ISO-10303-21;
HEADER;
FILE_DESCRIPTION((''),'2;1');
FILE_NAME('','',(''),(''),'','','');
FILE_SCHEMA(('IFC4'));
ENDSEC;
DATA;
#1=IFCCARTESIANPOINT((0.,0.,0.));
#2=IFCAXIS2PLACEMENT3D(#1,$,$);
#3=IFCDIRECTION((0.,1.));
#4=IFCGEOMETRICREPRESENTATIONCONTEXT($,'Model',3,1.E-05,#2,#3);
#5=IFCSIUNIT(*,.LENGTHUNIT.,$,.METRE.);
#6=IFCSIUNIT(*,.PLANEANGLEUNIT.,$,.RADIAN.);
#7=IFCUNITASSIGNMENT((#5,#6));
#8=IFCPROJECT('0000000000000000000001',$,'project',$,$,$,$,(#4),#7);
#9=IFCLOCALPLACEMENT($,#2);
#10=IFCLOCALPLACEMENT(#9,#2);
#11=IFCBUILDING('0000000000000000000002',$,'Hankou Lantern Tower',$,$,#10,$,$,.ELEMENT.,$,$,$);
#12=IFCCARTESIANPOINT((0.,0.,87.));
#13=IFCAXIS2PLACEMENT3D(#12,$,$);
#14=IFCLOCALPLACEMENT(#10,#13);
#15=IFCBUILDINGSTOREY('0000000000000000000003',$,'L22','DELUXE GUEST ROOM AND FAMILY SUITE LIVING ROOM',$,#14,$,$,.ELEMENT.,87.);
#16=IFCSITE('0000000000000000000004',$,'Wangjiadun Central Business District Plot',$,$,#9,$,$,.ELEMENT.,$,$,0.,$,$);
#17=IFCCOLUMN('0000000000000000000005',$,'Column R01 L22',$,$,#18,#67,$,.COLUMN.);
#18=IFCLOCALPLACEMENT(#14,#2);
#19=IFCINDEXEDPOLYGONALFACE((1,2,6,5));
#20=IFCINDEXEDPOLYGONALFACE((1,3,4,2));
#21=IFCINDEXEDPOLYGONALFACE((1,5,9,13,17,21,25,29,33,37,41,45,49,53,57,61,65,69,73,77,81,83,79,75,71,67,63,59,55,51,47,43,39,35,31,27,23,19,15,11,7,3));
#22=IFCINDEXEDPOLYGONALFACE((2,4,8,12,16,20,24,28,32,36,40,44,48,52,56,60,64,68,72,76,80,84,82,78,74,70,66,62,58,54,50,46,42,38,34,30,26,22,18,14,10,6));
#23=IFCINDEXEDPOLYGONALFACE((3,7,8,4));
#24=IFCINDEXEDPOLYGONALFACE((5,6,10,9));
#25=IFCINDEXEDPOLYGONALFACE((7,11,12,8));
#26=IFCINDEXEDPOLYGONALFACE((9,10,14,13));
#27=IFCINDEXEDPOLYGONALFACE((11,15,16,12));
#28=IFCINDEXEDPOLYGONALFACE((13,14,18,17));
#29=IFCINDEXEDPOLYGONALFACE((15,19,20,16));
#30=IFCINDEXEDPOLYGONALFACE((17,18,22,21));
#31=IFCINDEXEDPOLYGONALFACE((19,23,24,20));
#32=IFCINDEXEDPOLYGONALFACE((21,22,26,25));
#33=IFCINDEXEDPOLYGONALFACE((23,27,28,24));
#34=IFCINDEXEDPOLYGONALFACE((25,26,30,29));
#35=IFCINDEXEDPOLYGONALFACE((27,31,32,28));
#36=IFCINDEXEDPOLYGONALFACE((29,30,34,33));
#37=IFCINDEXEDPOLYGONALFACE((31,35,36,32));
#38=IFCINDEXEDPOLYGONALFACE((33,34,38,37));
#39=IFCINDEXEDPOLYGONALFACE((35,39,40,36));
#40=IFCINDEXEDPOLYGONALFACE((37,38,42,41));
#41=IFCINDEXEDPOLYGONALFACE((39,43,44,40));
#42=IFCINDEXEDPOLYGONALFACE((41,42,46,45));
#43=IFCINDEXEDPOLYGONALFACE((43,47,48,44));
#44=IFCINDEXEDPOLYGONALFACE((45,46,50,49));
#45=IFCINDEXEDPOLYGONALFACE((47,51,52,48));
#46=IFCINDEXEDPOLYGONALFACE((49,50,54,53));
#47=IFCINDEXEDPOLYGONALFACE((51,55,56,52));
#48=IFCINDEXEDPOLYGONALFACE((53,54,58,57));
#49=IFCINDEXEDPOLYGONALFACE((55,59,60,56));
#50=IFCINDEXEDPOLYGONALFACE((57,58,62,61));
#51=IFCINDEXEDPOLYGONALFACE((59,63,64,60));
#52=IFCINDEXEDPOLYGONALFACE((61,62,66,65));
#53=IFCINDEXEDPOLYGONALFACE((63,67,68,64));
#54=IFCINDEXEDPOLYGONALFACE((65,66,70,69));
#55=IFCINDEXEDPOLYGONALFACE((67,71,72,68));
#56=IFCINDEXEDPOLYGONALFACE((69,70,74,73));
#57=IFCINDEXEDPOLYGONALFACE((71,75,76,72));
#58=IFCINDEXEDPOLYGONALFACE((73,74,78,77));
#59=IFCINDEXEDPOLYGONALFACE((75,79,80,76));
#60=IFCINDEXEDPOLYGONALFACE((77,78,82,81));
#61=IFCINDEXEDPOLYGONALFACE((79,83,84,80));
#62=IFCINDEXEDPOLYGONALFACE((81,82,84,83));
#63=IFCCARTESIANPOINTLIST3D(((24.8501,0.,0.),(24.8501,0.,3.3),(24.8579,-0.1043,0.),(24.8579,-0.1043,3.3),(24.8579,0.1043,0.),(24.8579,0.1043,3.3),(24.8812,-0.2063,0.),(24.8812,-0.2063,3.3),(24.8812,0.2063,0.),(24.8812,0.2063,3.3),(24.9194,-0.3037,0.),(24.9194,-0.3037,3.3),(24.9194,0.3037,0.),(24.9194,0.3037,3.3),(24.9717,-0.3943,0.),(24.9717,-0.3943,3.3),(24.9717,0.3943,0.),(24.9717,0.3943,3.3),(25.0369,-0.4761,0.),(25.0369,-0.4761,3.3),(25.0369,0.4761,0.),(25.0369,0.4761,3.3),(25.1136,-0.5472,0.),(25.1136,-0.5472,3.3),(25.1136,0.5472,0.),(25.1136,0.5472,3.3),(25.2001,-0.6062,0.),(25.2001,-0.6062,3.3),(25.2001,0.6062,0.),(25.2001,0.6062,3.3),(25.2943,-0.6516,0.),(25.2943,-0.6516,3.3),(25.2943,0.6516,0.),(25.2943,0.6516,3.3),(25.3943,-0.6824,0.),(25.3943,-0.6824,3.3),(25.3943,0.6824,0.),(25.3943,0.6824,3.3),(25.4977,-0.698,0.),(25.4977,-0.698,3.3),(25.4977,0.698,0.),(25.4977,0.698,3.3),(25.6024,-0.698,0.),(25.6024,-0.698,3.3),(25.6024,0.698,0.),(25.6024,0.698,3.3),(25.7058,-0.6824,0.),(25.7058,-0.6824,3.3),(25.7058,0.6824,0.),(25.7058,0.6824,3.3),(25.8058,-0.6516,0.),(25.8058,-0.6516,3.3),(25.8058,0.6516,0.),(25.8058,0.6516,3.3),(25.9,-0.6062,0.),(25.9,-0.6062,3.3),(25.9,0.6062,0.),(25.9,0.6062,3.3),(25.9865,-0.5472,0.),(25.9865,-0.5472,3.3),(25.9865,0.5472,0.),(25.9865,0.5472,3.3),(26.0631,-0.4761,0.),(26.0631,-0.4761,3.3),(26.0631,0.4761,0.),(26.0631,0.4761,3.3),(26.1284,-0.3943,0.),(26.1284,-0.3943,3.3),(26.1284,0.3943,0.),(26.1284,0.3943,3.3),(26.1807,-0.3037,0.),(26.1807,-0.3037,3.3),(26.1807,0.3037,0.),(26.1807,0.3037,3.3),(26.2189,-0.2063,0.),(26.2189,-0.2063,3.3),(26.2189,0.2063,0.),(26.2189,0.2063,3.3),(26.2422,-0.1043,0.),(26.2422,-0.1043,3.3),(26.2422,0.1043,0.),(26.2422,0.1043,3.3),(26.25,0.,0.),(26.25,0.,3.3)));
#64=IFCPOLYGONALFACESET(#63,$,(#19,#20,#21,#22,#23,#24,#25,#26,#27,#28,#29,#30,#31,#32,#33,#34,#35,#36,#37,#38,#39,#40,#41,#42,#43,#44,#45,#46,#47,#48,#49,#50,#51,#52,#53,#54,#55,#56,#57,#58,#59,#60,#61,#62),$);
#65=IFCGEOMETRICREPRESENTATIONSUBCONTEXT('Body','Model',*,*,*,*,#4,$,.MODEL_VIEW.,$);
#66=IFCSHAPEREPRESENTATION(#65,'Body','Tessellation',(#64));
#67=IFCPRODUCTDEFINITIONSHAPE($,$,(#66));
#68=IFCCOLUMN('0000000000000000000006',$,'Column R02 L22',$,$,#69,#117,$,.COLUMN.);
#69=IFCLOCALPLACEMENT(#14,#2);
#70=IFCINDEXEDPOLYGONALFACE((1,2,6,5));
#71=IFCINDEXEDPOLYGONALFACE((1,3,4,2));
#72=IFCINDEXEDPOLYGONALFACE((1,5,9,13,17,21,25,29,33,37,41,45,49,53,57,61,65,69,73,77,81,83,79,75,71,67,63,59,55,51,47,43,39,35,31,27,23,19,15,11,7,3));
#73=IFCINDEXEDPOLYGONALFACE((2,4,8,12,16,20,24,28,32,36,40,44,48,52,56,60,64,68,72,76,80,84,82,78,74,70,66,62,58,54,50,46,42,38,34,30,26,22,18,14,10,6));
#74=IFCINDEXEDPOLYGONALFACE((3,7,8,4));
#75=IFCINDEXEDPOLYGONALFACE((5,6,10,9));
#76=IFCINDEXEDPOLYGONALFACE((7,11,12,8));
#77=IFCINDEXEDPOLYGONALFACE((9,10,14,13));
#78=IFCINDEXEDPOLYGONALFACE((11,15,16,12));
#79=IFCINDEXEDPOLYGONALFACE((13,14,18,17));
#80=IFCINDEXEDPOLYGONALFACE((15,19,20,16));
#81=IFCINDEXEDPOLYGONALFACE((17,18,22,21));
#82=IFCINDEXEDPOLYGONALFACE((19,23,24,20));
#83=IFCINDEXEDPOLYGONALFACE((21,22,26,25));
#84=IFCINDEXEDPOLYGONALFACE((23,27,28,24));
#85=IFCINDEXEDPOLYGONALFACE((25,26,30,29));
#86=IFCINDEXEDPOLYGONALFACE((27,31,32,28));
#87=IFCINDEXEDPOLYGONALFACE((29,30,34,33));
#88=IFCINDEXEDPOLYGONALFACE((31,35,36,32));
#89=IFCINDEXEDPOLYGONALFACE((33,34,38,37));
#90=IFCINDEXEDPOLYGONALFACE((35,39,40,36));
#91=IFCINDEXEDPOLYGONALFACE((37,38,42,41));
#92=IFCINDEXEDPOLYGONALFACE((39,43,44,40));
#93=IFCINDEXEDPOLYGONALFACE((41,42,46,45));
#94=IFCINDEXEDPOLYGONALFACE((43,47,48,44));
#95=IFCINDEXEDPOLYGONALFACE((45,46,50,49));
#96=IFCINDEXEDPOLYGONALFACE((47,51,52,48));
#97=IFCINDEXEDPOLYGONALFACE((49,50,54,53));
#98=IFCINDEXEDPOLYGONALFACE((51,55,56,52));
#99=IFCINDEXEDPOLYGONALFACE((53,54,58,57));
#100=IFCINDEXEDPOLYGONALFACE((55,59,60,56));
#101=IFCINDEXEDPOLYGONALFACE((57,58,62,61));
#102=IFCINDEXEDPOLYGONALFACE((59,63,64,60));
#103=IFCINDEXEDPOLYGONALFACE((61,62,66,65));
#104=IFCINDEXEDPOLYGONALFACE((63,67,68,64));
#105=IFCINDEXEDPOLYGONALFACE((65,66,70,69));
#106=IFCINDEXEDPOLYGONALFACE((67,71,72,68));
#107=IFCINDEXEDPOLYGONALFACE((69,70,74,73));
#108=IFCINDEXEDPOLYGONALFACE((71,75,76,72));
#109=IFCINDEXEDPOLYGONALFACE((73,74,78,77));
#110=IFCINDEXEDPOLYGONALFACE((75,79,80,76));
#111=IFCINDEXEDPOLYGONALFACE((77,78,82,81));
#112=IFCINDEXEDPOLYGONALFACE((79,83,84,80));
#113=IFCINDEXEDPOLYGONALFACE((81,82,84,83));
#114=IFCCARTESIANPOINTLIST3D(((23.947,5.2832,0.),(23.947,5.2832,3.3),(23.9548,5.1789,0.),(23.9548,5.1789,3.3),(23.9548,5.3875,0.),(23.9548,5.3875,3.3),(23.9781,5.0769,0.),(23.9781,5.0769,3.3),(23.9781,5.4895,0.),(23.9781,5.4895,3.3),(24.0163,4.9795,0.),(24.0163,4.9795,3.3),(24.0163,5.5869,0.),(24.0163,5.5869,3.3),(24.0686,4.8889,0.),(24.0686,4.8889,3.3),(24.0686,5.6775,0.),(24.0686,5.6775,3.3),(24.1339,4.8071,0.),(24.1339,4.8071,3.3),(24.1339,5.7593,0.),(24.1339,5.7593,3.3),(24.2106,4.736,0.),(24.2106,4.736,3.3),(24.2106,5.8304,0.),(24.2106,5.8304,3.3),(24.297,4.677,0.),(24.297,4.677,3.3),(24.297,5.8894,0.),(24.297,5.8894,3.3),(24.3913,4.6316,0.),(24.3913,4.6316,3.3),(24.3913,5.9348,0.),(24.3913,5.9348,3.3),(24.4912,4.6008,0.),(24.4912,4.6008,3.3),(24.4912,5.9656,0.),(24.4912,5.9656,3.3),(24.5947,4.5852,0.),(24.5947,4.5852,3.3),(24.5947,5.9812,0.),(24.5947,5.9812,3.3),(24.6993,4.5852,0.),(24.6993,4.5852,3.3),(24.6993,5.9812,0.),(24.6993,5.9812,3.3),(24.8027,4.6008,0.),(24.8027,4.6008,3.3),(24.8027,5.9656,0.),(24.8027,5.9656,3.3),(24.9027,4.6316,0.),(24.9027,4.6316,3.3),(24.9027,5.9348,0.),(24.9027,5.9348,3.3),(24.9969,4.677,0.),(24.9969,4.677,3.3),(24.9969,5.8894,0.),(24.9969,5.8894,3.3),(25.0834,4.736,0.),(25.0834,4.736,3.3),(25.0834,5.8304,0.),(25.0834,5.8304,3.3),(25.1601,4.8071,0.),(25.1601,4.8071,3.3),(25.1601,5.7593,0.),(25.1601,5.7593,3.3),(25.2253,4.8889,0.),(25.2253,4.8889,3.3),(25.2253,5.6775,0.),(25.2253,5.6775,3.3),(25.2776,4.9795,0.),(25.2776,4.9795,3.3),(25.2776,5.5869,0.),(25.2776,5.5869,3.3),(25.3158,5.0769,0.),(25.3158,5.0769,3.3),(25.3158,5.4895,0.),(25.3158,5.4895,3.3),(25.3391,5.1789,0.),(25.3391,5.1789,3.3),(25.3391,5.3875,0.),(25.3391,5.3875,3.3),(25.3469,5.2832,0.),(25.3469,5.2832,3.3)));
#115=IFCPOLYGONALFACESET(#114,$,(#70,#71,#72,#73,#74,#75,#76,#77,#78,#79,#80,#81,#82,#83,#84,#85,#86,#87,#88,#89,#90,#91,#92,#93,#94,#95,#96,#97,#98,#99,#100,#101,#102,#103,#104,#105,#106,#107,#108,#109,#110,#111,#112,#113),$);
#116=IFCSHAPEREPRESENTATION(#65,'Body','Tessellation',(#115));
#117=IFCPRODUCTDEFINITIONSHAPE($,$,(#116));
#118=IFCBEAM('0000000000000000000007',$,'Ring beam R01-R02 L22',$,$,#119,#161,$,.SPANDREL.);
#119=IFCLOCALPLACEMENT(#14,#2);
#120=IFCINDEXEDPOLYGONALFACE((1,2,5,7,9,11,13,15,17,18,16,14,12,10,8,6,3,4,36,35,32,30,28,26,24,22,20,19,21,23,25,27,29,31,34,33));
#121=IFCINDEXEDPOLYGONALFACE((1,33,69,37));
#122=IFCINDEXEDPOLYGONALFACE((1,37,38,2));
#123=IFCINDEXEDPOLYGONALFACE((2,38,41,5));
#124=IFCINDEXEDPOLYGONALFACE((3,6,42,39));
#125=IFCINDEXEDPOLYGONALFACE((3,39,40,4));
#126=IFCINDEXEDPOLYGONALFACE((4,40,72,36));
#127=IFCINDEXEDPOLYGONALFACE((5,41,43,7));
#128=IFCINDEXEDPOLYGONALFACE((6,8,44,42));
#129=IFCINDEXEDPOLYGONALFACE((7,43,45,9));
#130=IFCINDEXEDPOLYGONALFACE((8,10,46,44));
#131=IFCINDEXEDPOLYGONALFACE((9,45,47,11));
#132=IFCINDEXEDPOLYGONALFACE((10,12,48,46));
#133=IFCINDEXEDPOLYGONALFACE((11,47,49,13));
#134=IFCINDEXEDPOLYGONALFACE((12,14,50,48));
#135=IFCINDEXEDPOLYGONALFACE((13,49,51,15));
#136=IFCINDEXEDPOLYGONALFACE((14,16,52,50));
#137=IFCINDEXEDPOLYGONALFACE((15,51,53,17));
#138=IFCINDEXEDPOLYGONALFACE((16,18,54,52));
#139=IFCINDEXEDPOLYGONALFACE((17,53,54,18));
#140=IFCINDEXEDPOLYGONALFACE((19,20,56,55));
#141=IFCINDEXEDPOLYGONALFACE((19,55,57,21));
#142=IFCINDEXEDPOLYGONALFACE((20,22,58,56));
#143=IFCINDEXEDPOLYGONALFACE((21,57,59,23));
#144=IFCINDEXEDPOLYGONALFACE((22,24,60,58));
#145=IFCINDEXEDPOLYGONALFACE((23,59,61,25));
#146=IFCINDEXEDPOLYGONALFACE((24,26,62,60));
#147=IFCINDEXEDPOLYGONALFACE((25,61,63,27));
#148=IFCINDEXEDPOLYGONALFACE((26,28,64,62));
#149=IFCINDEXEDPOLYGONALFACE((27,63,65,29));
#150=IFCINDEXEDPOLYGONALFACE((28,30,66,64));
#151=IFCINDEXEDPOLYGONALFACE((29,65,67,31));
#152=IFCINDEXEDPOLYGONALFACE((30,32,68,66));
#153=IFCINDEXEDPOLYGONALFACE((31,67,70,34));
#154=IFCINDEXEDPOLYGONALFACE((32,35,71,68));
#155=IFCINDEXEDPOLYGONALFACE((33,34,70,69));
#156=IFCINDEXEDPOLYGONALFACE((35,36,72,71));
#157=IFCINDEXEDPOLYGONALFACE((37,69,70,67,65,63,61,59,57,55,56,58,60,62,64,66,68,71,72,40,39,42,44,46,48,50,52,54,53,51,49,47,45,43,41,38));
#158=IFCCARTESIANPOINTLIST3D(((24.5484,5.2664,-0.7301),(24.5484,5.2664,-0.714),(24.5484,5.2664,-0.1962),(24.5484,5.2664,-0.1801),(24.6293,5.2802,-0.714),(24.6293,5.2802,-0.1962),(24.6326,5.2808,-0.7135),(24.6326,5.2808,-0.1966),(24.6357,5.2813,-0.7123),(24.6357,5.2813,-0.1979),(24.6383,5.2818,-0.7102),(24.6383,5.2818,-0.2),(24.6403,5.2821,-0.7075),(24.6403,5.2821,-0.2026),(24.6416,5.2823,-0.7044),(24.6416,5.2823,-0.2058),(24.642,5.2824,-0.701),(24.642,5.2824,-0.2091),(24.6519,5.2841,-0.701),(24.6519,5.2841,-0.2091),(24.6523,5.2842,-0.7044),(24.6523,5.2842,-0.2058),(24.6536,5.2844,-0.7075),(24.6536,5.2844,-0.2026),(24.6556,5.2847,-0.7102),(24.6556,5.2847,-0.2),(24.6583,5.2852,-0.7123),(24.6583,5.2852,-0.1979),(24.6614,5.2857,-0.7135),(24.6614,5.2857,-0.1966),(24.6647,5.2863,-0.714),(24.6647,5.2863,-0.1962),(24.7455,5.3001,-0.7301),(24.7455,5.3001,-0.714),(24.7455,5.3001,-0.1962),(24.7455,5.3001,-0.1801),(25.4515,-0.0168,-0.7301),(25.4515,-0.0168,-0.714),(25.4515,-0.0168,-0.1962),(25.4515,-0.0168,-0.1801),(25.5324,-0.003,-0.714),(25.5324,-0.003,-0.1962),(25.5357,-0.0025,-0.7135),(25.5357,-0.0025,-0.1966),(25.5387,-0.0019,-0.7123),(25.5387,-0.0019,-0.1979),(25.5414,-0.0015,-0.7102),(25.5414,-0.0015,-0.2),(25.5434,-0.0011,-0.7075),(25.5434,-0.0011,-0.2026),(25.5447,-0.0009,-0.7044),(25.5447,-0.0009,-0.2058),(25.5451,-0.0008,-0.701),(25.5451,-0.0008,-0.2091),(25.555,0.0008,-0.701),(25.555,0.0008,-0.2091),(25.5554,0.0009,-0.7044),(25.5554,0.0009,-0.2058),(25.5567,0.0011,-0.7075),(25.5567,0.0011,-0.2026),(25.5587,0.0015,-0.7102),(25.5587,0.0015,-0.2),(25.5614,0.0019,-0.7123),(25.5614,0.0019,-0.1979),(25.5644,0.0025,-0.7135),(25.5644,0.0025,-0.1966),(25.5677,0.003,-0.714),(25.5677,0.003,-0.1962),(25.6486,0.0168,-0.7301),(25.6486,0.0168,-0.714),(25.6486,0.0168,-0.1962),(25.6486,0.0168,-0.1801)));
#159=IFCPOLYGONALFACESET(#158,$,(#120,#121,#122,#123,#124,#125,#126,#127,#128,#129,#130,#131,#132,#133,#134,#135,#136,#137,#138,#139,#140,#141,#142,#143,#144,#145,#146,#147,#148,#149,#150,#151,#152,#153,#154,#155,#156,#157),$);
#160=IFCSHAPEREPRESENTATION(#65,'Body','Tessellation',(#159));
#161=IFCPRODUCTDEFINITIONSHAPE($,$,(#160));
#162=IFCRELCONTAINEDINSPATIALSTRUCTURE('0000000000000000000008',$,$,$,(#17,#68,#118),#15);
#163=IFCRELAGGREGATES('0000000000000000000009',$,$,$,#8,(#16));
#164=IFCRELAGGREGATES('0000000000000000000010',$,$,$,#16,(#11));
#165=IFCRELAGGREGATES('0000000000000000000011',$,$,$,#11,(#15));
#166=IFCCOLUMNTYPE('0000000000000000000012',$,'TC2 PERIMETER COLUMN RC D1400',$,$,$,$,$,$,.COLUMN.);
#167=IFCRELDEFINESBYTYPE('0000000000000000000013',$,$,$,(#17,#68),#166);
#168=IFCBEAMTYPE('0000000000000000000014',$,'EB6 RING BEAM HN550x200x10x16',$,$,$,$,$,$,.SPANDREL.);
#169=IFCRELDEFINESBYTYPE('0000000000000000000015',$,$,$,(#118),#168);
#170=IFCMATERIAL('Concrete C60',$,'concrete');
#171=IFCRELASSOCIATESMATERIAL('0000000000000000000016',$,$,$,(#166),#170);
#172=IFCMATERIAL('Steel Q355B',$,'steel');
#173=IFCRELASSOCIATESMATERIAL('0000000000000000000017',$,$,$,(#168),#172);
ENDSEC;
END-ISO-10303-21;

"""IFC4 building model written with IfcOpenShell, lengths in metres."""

from ifc_helpers import new_model, si_unit, direction, frame, origin, origin_2d, place, context, subcontext, project, spatial, circle, i_section, extrude, material, material_profile, profile_set, type_object, element, save


model = new_model("IFC4")

# Units and contexts
model_context = context("Model", 3, precision=1e-05, world=origin(), true_north=direction((0.0, 1.0)))
body_context = subcontext(model_context, "Body", "Model", "MODEL_VIEW")
ifc_project = project(units=[si_unit("LENGTHUNIT", "METRE"), si_unit("PLANEANGLEUNIT", "RADIAN")], contexts=[model_context])

# Site, building, storey
site_placement = place(None, origin())
site = spatial("IfcSite", under=ifc_project, at=site_placement, Name="Wangjiadun Central Business District Plot", CompositionType="ELEMENT", RefElevation=0.0)
building_placement = place(site_placement, origin())
building = spatial("IfcBuilding", under=site, at=building_placement, Name="Hankou Lantern Tower", CompositionType="ELEMENT")
storey_placement = place(building_placement, frame((0.0, 0.0, 87.0)))
storey = spatial("IfcBuildingStorey", under=building, at=storey_placement, Name="L22", Description="DELUXE GUEST ROOM AND FAMILY SUITE LIVING ROOM", CompositionType="ELEMENT", Elevation=87.0)

# Columns
ifc_material_1 = material(Name="Concrete C60", Category="concrete")
ifc_material_profile_1 = material_profile(ifc_material_1, circle(Radius=0.7, at=origin_2d()), Name="RC D1400")
ifc_profile_set_1 = profile_set([ifc_material_profile_1], Name="Concrete C60")
column_type = type_object("IfcColumnType", Name="TC2 PERIMETER COLUMN RC D1400", PredefinedType="COLUMN", material=ifc_profile_set_1)
for number, where, z_axis, x_axis, name in (
    (1, (25.55, 0.0, 0.0), (0.0, 0.0, 1.0), (1.0, 0.0, 0.0), "Column R01 L22"),
    (2, (24.647, 5.2832, 0.0), (0.0, 0.0, 1.0), (1.0, 0.0, 0.0), "Column R02 L22"),
):
    element("IfcColumn", number, at=place(storey_placement, frame(where, z_axis=z_axis, x_axis=x_axis)), inside=storey, type_object=column_type, Name=name, PredefinedType="COLUMN", context=body_context, shape_type="SweptSolid", body=[
        extrude(circle(Radius=0.7, at=origin_2d()), origin(), (0.0, 0.0, 1.0), 3.3),
    ])

# Beam
ifc_material_2 = material(Name="Steel Q355B", Category="steel")
ifc_material_profile_2 = material_profile(ifc_material_2, i_section(OverallWidth=0.2, OverallDepth=0.55, WebThickness=0.01, FlangeThickness=0.0161, FilletRadius=0.0129, at=origin_2d()), Name="HN550x200x10x16")
ifc_profile_set_2 = profile_set([ifc_material_profile_2], Name="Steel Q355B")
beam_type_1 = type_object("IfcBeamType", Name="EB6 RING BEAM HN550x200x10x16", PredefinedType="SPANDREL", material=ifc_profile_set_2)
beam_1_placement = place(storey_placement, frame((25.55, 0.0, -0.4551), z_axis=(-0.16849, 0.985703, 0.0), x_axis=(-0.985703, -0.16849, 0.0)))
element("IfcBeam", 3, at=beam_1_placement, inside=storey, type_object=beam_type_1, Name="Ring beam R01-R02 L22", PredefinedType="SPANDREL", context=body_context, shape_type="SweptSolid", body=[
    extrude(i_section(OverallWidth=0.2, OverallDepth=0.55, WebThickness=0.01, FlangeThickness=0.0161, FilletRadius=0.0129, at=origin_2d()), origin(), (0.0, 0.0, 1.0), 5.3599),
])

save(model, "model.ifc")
